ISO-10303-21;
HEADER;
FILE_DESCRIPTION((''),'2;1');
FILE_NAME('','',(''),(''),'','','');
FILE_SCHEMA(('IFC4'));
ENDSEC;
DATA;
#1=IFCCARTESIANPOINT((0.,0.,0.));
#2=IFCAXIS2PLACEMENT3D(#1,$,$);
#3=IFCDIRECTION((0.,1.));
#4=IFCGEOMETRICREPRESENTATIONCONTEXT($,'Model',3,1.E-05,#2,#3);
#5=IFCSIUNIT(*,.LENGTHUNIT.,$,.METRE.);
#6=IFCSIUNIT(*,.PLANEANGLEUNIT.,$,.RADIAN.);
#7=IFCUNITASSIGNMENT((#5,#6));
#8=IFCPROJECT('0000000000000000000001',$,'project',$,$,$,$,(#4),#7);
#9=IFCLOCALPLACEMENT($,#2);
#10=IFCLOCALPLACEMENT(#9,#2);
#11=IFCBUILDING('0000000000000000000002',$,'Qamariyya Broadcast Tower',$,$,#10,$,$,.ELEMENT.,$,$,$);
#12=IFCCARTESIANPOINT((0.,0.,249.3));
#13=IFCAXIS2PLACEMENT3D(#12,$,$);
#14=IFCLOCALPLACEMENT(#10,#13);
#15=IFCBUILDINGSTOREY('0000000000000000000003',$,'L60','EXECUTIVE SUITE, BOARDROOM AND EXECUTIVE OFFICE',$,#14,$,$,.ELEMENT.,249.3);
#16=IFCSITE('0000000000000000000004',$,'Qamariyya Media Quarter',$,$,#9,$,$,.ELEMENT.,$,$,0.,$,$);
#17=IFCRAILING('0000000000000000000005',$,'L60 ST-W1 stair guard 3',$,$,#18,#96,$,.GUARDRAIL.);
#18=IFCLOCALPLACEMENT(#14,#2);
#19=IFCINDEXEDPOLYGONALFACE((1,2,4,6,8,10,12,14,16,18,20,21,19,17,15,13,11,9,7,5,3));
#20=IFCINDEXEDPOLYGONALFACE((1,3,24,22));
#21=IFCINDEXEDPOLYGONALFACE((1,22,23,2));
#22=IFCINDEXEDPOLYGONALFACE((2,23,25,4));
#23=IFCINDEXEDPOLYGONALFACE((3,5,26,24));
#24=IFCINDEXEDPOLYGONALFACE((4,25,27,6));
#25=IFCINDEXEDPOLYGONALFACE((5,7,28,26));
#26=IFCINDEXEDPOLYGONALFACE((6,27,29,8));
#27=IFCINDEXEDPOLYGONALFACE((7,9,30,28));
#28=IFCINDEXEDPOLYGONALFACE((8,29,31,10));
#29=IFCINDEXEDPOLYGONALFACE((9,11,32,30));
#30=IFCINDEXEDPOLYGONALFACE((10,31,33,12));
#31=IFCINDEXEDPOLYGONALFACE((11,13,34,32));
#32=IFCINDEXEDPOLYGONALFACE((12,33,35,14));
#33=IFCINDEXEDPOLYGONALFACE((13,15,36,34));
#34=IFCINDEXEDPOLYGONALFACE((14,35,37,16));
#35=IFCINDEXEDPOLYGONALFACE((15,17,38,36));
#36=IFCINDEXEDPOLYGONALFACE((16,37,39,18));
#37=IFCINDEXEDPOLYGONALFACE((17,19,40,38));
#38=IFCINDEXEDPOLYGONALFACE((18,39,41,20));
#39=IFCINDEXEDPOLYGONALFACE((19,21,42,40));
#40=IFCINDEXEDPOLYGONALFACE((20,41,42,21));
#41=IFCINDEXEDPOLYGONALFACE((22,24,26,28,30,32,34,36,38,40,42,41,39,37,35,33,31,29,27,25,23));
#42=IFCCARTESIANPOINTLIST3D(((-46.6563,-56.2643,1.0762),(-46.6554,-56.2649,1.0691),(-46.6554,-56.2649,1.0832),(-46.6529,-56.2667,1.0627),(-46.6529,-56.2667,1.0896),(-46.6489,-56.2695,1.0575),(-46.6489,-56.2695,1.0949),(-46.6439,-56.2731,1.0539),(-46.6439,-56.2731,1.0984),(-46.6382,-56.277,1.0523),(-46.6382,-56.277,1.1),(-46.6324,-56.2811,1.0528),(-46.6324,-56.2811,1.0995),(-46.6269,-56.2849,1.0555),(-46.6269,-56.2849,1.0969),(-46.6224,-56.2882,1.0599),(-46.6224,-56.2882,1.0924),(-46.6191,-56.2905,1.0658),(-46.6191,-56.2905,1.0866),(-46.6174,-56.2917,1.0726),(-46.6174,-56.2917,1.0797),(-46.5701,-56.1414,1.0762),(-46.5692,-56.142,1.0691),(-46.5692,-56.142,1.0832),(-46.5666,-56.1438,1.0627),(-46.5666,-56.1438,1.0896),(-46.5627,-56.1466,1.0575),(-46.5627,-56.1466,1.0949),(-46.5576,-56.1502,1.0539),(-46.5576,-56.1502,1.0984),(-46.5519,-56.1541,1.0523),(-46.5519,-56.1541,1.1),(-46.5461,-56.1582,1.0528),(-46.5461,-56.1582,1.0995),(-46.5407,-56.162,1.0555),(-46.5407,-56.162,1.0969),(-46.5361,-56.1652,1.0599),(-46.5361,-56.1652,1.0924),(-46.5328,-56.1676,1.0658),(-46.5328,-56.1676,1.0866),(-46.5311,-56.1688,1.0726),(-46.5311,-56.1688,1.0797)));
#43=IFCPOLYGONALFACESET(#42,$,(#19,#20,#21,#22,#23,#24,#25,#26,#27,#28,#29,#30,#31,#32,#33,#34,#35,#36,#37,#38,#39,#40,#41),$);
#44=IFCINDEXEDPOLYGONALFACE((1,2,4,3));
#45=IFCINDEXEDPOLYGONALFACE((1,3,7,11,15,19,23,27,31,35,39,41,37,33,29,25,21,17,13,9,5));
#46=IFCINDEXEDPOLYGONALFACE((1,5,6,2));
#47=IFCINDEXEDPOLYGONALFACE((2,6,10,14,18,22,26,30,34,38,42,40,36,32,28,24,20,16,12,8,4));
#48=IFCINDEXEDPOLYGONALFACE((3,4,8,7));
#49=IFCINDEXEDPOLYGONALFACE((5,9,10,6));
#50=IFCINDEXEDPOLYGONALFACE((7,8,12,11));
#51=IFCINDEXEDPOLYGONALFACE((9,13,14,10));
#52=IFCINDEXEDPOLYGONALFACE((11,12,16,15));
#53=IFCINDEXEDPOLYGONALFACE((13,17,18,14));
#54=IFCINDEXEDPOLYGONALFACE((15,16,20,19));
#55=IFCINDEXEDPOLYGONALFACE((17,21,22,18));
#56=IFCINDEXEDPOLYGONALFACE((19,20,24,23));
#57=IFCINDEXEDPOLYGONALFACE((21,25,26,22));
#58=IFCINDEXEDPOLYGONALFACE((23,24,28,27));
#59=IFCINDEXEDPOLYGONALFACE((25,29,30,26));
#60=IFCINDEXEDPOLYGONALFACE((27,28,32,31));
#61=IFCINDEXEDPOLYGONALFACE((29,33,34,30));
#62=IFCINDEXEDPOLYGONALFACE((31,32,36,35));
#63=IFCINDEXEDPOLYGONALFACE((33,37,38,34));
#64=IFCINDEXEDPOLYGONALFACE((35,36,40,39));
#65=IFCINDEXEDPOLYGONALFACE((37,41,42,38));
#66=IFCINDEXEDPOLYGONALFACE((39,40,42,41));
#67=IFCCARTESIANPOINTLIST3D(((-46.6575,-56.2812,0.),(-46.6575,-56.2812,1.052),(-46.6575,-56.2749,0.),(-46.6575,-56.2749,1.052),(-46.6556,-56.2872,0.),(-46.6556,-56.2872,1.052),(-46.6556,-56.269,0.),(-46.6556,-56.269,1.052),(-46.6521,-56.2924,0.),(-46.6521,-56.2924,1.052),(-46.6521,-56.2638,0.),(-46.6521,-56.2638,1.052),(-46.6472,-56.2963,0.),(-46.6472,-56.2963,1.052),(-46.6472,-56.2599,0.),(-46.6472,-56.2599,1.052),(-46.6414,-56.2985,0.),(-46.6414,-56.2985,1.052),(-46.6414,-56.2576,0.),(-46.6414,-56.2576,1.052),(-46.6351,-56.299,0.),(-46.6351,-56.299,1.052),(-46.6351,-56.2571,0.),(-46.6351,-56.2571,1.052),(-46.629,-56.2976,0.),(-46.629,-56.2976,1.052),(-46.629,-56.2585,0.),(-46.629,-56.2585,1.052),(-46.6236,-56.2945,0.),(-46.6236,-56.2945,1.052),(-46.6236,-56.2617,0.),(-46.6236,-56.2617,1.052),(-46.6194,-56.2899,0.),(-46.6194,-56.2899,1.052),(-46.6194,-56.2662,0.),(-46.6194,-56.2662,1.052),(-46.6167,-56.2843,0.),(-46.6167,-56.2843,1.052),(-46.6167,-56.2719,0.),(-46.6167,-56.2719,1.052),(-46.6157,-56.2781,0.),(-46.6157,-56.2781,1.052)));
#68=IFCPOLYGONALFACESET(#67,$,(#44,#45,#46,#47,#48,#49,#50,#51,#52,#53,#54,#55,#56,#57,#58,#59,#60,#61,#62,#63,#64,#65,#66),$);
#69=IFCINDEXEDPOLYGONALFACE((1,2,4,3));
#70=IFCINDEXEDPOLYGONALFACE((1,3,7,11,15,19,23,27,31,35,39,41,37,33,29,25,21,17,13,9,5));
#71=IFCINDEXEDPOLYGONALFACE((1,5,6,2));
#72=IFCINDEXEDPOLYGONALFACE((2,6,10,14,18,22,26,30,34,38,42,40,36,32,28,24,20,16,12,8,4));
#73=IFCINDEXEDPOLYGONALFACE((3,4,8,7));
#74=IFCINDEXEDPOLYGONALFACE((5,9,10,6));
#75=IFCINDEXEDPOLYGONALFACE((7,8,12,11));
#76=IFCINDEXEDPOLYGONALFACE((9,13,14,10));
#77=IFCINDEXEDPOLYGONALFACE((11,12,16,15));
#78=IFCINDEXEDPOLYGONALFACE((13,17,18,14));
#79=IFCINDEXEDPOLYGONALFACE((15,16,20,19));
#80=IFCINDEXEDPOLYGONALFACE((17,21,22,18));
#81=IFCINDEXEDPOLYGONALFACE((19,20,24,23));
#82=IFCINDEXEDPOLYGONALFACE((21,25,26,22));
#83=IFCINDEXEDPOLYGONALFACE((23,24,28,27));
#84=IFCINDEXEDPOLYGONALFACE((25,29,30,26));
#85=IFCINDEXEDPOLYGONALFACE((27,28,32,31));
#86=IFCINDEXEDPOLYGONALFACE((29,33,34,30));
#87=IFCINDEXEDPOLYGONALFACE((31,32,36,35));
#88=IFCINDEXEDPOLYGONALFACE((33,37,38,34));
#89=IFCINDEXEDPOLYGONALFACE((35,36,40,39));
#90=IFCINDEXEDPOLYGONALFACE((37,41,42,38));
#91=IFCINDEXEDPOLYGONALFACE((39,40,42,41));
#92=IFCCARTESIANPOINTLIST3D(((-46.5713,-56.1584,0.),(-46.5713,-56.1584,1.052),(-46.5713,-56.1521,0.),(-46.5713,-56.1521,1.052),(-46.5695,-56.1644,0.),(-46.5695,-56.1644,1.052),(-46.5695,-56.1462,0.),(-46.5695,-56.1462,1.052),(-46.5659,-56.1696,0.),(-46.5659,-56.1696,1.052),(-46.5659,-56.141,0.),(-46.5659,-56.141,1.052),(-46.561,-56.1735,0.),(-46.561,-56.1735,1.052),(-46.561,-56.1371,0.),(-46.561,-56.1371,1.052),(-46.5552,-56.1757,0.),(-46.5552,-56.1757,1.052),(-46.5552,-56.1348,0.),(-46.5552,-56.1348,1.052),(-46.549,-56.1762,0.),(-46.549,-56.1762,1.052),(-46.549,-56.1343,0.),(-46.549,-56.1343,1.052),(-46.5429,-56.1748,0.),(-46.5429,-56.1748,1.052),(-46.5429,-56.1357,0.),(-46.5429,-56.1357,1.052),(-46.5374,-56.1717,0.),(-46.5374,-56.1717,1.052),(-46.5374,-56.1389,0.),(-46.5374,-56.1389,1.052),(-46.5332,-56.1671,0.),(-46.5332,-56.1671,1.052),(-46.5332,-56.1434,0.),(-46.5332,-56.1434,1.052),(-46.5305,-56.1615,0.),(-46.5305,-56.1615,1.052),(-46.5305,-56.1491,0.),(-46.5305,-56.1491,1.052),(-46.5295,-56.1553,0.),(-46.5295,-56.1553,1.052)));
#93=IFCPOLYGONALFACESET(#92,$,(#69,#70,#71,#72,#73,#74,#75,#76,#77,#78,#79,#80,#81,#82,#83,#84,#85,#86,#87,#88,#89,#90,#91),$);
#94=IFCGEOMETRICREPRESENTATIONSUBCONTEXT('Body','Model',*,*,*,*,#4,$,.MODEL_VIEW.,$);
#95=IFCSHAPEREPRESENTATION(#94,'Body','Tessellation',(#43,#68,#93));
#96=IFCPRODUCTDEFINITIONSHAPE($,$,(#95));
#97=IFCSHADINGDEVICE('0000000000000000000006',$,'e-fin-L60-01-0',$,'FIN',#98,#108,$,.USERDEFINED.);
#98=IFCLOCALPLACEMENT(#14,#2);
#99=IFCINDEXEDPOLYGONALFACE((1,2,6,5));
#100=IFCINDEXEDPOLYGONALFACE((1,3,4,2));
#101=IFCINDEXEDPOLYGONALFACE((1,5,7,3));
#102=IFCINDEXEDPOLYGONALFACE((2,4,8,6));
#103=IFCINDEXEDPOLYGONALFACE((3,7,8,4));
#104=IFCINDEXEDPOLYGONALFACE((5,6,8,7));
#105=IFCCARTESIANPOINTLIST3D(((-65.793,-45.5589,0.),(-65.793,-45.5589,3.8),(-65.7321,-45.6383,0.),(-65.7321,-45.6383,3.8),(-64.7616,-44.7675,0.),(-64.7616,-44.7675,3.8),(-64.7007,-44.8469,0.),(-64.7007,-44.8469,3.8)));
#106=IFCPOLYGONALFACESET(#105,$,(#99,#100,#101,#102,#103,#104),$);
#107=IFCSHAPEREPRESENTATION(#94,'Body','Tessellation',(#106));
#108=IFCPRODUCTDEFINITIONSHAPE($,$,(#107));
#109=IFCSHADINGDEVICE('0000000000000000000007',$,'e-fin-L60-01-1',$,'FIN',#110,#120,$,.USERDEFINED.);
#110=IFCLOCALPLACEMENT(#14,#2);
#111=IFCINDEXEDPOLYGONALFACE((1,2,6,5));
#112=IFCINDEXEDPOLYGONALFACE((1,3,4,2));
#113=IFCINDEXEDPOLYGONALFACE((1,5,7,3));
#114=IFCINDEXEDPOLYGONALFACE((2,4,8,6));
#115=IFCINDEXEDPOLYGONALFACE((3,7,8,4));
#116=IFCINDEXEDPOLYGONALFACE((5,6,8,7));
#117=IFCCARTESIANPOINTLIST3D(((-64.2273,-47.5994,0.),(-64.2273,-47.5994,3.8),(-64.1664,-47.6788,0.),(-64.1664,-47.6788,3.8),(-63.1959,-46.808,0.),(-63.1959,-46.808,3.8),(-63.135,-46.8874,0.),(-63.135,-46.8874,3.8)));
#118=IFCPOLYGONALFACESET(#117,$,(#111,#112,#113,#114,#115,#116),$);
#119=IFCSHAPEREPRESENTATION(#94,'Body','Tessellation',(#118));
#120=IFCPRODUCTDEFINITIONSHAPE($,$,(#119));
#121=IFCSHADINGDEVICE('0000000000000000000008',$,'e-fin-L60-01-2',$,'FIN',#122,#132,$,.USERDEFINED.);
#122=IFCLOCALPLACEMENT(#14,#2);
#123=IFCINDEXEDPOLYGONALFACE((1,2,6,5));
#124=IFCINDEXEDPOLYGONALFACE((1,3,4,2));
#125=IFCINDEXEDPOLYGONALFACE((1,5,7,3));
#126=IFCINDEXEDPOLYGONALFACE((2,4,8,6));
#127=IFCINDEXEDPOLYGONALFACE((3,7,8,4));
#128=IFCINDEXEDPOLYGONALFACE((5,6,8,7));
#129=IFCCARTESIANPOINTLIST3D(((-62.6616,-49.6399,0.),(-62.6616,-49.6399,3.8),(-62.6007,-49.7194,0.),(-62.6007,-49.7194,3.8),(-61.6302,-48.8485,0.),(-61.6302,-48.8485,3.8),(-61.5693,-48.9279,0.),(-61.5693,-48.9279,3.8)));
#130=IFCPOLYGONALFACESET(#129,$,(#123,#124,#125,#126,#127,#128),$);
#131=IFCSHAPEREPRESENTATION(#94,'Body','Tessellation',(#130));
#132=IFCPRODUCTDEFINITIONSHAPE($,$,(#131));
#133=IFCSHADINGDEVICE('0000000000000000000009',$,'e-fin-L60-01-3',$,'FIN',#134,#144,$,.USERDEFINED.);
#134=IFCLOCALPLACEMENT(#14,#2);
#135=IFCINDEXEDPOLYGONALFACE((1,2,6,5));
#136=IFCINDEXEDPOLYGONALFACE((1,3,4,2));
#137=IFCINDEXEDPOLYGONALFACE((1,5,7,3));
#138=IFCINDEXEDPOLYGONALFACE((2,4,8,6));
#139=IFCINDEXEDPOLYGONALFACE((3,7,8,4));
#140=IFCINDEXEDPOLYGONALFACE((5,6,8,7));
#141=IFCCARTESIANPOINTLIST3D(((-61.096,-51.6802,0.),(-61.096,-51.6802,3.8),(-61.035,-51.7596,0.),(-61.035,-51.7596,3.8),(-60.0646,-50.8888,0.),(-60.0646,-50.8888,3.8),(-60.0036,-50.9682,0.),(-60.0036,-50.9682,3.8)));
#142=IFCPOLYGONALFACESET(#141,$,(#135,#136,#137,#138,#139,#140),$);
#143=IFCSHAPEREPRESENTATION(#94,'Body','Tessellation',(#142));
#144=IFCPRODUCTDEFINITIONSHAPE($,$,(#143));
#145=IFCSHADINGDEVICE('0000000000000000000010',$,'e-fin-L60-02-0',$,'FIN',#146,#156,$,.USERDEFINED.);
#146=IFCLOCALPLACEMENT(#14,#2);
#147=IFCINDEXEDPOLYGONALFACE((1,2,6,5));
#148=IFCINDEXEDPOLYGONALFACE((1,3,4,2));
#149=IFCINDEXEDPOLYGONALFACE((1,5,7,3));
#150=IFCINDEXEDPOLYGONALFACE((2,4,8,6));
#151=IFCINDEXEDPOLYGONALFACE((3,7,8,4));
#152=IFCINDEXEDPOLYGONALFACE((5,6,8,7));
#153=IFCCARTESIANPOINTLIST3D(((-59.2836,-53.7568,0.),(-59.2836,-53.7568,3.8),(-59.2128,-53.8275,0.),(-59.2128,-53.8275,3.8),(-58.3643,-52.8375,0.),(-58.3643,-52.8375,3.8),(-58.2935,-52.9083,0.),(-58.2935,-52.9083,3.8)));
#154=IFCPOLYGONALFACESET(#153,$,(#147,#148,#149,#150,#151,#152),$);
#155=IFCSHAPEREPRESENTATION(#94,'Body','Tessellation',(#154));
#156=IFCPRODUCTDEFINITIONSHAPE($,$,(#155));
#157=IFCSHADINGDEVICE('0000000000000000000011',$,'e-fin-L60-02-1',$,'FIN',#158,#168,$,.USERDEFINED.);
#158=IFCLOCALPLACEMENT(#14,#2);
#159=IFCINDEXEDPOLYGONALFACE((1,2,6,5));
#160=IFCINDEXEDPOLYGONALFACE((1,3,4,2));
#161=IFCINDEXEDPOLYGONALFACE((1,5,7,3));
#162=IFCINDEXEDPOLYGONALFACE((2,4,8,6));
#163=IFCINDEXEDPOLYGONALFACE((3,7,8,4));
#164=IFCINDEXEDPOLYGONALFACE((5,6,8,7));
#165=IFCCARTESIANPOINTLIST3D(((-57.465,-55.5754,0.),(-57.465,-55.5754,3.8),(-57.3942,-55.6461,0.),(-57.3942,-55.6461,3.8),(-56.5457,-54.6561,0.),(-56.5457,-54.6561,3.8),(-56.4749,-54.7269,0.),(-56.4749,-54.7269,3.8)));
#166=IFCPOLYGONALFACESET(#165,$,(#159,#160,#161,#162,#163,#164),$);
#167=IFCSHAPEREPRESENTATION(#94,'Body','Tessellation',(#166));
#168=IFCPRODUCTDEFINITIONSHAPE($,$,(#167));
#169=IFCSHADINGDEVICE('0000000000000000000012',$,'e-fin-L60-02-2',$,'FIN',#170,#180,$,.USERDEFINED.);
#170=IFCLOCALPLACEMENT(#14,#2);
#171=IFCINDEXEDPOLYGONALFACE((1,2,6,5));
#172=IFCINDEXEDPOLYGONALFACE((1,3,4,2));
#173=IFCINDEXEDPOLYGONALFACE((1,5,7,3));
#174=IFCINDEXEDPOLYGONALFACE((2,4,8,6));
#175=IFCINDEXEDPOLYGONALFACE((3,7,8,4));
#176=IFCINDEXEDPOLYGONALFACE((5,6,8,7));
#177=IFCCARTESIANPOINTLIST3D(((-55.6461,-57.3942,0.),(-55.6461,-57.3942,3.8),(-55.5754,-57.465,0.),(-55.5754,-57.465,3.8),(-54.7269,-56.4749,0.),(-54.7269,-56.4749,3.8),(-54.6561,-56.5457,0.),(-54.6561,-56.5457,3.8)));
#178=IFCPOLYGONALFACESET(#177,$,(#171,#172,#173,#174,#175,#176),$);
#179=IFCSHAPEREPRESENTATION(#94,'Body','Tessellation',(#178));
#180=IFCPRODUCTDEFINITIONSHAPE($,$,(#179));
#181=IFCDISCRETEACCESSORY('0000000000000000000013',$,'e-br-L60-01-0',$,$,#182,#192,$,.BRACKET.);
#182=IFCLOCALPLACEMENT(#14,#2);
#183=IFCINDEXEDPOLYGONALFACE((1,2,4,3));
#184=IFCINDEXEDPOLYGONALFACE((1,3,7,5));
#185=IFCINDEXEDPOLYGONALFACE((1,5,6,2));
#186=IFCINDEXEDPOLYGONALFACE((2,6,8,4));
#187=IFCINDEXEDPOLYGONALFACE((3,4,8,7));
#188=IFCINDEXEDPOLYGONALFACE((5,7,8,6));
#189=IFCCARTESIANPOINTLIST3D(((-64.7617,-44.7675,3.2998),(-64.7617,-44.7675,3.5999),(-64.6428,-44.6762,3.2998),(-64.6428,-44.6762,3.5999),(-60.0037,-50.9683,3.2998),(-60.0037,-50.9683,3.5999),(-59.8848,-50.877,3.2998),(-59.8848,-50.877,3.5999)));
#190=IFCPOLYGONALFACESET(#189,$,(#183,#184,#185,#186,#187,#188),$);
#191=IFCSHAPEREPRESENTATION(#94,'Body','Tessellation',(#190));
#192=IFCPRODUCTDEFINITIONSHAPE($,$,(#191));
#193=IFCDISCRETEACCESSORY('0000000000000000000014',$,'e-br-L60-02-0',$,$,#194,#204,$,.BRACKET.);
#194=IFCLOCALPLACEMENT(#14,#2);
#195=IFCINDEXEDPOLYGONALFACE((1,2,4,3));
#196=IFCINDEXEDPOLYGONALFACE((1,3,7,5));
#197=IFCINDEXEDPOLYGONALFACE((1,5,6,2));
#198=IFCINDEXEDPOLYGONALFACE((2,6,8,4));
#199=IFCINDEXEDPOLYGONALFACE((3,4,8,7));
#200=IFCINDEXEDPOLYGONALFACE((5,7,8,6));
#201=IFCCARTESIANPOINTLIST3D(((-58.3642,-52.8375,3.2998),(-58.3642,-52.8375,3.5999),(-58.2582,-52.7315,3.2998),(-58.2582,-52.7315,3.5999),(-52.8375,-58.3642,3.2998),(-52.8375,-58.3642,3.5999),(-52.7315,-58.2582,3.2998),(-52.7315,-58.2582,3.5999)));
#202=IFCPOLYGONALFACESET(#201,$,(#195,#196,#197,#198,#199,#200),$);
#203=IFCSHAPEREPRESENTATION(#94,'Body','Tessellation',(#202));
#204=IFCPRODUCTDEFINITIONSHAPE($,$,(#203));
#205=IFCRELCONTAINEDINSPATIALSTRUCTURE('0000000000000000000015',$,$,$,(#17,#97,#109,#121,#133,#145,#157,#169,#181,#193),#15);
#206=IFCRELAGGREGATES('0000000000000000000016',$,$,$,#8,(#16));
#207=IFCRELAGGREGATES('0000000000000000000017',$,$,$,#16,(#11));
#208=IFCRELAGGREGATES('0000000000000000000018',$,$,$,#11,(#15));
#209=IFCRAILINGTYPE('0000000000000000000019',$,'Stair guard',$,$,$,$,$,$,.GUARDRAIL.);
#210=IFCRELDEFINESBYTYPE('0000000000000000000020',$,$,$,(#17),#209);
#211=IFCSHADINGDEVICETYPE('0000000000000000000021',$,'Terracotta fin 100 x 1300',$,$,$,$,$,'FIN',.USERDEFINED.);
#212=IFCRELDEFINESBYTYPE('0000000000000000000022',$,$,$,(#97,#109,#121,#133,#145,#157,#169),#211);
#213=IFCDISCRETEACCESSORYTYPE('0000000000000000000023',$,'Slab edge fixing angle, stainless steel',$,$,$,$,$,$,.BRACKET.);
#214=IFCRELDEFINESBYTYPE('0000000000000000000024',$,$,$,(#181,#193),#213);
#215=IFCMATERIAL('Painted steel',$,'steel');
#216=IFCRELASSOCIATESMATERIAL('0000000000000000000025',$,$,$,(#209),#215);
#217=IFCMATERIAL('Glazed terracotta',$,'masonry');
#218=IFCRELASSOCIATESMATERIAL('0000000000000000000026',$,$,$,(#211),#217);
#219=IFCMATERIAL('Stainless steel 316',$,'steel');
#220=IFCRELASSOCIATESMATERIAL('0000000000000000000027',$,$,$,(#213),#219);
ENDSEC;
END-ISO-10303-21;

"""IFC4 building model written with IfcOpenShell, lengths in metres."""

from ifc_helpers import new_model, si_unit, direction, frame, origin, origin_2d, place, context, subcontext, project, spatial, rectangle, circle, extrude, material, material_profile, profile_set, type_object, element, save


model = new_model("IFC4")

# Units and contexts
model_context = context("Model", 3, precision=1e-05, world=origin(), true_north=direction((0.0, 1.0)))
body_context = subcontext(model_context, "Body", "Model", "MODEL_VIEW")
ifc_project = project(units=[si_unit("LENGTHUNIT", "METRE"), si_unit("PLANEANGLEUNIT", "RADIAN")], contexts=[model_context])

# Site, building, storey
site_placement = place(None, origin())
site = spatial("IfcSite", under=ifc_project, at=site_placement, Name="Qamariyya Media Quarter", CompositionType="ELEMENT", RefElevation=0.0)
building_placement = place(site_placement, origin())
building = spatial("IfcBuilding", under=site, at=building_placement, Name="Qamariyya Broadcast Tower", CompositionType="ELEMENT")
storey_placement = place(building_placement, frame((0.0, 0.0, 249.3)))
storey = spatial("IfcBuildingStorey", under=building, at=storey_placement, Name="L60", Description="EXECUTIVE SUITE, BOARDROOM AND EXECUTIVE OFFICE", CompositionType="ELEMENT", Elevation=249.3)

# Railing
ifc_material_1 = material(Name="Painted steel", Category="steel")
railing_type = type_object("IfcRailingType", Name="Stair guard", PredefinedType="GUARDRAIL", material=ifc_material_1)
railing_1_placement = place(storey_placement, frame((-46.6367, -56.2781, 0.0)))
element("IfcRailing", 1, at=railing_1_placement, inside=storey, type_object=railing_type, Name="L60 ST-W1 stair guard 3", PredefinedType="GUARDRAIL", context=body_context, shape_type="SweptSolid", body=[
    extrude(circle(Radius=0.0239, at=origin_2d()), frame((0.0, 0.0, 1.0762), z_axis=(0.574445, 0.818543, 0.0), x_axis=(-0.818543, 0.574445, 0.0)), (0.0, 0.0, 1.0), 0.1501),
    extrude(circle(Radius=0.021, at=origin_2d()), origin(), (0.0, 0.0, 1.0), 1.052),
    extrude(circle(Radius=0.021, at=origin_2d()), frame((0.0862, 0.1228, 0.0)), (0.0, 0.0, 1.0), 1.052),
])

# Shading devices
ifc_material_2 = material(Name="Glazed terracotta", Category="masonry")
ifc_material_profile_1 = material_profile(ifc_material_2, rectangle(XDim=1.3, YDim=0.1001, at=origin_2d()))
ifc_profile_set_1 = profile_set([ifc_material_profile_1], Name="Glazed terracotta")
shading_device_type_1 = type_object("IfcShadingDeviceType", Name="Terracotta fin 100 x 1300", ElementType="FIN", PredefinedType="USERDEFINED", material=ifc_profile_set_1)
for number, where, z_axis, x_axis, name in (
    (2, (-65.2468, -45.2029, 0.0), (0.0, 0.0, 1.0), (-0.793353, -0.608761, 0.0), "e-fin-L60-01-0"),
    (3, (-63.6812, -47.2434, 0.0), (0.0, 0.0, 1.0), (-0.793353, -0.608761, 0.0), "e-fin-L60-01-1"),
    (4, (-62.1155, -49.2839, 0.0), (0.0, 0.0, 1.0), (-0.793353, -0.608761, 0.0), "e-fin-L60-01-2"),
    (5, (-60.5498, -51.3242, 0.0), (0.0, 0.0, 1.0), (-0.793353, -0.608761, 0.0), "e-fin-L60-01-3"),
    (6, (-58.7886, -53.3325, 0.0), (0.0, 0.0, 1.0), (-0.707107, -0.707107, 0.0), "e-fin-L60-02-0"),
    (7, (-56.97, -55.1511, 0.0), (0.0, 0.0, 1.0), (-0.707107, -0.707107, 0.0), "e-fin-L60-02-1"),
    (8, (-55.1511, -56.97, 0.0), (0.0, 0.0, 1.0), (-0.707107, -0.707107, 0.0), "e-fin-L60-02-2"),
):
    element("IfcShadingDevice", number, at=place(storey_placement, frame(where, z_axis=z_axis, x_axis=x_axis)), inside=storey, type_object=shading_device_type_1, Name=name, ObjectType="FIN", PredefinedType="USERDEFINED", context=body_context, shape_type="SweptSolid", body=[
        extrude(rectangle(XDim=1.3, YDim=0.1001, at=origin_2d()), origin(), (0.0, 0.0, 1.0), 3.8),
    ])

# Discrete accessories
ifc_material_3 = material(Name="Stainless steel 316", Category="steel")
discrete_accessory_type = type_object("IfcDiscreteAccessoryType", Name="Slab edge fixing angle, stainless steel", PredefinedType="BRACKET", material=ifc_material_3)
for number, where, z_axis, x_axis, name in (
    (9, (-62.3232, -47.8223, 3.2998), (0.0, 0.0, 1.0), (0.608761, -0.793353, 0.0), "e-br-L60-01-0"),
    (10, (-55.5479, -55.5479, 3.2998), (0.0, 0.0, 1.0), (0.707107, -0.707107, 0.0), "e-br-L60-02-0"),
):
    element("IfcDiscreteAccessory", number, at=place(storey_placement, frame(where, z_axis=z_axis, x_axis=x_axis)), inside=storey, type_object=discrete_accessory_type, Name=name, PredefinedType="BRACKET", context=body_context, shape_type="SweptSolid", body=[
        extrude(rectangle(XDim=7.8159, YDim=0.1499, at=origin_2d()), origin(), (0.0, 0.0, 1.0), 0.3),
    ])

save(model, "model.ifc")
